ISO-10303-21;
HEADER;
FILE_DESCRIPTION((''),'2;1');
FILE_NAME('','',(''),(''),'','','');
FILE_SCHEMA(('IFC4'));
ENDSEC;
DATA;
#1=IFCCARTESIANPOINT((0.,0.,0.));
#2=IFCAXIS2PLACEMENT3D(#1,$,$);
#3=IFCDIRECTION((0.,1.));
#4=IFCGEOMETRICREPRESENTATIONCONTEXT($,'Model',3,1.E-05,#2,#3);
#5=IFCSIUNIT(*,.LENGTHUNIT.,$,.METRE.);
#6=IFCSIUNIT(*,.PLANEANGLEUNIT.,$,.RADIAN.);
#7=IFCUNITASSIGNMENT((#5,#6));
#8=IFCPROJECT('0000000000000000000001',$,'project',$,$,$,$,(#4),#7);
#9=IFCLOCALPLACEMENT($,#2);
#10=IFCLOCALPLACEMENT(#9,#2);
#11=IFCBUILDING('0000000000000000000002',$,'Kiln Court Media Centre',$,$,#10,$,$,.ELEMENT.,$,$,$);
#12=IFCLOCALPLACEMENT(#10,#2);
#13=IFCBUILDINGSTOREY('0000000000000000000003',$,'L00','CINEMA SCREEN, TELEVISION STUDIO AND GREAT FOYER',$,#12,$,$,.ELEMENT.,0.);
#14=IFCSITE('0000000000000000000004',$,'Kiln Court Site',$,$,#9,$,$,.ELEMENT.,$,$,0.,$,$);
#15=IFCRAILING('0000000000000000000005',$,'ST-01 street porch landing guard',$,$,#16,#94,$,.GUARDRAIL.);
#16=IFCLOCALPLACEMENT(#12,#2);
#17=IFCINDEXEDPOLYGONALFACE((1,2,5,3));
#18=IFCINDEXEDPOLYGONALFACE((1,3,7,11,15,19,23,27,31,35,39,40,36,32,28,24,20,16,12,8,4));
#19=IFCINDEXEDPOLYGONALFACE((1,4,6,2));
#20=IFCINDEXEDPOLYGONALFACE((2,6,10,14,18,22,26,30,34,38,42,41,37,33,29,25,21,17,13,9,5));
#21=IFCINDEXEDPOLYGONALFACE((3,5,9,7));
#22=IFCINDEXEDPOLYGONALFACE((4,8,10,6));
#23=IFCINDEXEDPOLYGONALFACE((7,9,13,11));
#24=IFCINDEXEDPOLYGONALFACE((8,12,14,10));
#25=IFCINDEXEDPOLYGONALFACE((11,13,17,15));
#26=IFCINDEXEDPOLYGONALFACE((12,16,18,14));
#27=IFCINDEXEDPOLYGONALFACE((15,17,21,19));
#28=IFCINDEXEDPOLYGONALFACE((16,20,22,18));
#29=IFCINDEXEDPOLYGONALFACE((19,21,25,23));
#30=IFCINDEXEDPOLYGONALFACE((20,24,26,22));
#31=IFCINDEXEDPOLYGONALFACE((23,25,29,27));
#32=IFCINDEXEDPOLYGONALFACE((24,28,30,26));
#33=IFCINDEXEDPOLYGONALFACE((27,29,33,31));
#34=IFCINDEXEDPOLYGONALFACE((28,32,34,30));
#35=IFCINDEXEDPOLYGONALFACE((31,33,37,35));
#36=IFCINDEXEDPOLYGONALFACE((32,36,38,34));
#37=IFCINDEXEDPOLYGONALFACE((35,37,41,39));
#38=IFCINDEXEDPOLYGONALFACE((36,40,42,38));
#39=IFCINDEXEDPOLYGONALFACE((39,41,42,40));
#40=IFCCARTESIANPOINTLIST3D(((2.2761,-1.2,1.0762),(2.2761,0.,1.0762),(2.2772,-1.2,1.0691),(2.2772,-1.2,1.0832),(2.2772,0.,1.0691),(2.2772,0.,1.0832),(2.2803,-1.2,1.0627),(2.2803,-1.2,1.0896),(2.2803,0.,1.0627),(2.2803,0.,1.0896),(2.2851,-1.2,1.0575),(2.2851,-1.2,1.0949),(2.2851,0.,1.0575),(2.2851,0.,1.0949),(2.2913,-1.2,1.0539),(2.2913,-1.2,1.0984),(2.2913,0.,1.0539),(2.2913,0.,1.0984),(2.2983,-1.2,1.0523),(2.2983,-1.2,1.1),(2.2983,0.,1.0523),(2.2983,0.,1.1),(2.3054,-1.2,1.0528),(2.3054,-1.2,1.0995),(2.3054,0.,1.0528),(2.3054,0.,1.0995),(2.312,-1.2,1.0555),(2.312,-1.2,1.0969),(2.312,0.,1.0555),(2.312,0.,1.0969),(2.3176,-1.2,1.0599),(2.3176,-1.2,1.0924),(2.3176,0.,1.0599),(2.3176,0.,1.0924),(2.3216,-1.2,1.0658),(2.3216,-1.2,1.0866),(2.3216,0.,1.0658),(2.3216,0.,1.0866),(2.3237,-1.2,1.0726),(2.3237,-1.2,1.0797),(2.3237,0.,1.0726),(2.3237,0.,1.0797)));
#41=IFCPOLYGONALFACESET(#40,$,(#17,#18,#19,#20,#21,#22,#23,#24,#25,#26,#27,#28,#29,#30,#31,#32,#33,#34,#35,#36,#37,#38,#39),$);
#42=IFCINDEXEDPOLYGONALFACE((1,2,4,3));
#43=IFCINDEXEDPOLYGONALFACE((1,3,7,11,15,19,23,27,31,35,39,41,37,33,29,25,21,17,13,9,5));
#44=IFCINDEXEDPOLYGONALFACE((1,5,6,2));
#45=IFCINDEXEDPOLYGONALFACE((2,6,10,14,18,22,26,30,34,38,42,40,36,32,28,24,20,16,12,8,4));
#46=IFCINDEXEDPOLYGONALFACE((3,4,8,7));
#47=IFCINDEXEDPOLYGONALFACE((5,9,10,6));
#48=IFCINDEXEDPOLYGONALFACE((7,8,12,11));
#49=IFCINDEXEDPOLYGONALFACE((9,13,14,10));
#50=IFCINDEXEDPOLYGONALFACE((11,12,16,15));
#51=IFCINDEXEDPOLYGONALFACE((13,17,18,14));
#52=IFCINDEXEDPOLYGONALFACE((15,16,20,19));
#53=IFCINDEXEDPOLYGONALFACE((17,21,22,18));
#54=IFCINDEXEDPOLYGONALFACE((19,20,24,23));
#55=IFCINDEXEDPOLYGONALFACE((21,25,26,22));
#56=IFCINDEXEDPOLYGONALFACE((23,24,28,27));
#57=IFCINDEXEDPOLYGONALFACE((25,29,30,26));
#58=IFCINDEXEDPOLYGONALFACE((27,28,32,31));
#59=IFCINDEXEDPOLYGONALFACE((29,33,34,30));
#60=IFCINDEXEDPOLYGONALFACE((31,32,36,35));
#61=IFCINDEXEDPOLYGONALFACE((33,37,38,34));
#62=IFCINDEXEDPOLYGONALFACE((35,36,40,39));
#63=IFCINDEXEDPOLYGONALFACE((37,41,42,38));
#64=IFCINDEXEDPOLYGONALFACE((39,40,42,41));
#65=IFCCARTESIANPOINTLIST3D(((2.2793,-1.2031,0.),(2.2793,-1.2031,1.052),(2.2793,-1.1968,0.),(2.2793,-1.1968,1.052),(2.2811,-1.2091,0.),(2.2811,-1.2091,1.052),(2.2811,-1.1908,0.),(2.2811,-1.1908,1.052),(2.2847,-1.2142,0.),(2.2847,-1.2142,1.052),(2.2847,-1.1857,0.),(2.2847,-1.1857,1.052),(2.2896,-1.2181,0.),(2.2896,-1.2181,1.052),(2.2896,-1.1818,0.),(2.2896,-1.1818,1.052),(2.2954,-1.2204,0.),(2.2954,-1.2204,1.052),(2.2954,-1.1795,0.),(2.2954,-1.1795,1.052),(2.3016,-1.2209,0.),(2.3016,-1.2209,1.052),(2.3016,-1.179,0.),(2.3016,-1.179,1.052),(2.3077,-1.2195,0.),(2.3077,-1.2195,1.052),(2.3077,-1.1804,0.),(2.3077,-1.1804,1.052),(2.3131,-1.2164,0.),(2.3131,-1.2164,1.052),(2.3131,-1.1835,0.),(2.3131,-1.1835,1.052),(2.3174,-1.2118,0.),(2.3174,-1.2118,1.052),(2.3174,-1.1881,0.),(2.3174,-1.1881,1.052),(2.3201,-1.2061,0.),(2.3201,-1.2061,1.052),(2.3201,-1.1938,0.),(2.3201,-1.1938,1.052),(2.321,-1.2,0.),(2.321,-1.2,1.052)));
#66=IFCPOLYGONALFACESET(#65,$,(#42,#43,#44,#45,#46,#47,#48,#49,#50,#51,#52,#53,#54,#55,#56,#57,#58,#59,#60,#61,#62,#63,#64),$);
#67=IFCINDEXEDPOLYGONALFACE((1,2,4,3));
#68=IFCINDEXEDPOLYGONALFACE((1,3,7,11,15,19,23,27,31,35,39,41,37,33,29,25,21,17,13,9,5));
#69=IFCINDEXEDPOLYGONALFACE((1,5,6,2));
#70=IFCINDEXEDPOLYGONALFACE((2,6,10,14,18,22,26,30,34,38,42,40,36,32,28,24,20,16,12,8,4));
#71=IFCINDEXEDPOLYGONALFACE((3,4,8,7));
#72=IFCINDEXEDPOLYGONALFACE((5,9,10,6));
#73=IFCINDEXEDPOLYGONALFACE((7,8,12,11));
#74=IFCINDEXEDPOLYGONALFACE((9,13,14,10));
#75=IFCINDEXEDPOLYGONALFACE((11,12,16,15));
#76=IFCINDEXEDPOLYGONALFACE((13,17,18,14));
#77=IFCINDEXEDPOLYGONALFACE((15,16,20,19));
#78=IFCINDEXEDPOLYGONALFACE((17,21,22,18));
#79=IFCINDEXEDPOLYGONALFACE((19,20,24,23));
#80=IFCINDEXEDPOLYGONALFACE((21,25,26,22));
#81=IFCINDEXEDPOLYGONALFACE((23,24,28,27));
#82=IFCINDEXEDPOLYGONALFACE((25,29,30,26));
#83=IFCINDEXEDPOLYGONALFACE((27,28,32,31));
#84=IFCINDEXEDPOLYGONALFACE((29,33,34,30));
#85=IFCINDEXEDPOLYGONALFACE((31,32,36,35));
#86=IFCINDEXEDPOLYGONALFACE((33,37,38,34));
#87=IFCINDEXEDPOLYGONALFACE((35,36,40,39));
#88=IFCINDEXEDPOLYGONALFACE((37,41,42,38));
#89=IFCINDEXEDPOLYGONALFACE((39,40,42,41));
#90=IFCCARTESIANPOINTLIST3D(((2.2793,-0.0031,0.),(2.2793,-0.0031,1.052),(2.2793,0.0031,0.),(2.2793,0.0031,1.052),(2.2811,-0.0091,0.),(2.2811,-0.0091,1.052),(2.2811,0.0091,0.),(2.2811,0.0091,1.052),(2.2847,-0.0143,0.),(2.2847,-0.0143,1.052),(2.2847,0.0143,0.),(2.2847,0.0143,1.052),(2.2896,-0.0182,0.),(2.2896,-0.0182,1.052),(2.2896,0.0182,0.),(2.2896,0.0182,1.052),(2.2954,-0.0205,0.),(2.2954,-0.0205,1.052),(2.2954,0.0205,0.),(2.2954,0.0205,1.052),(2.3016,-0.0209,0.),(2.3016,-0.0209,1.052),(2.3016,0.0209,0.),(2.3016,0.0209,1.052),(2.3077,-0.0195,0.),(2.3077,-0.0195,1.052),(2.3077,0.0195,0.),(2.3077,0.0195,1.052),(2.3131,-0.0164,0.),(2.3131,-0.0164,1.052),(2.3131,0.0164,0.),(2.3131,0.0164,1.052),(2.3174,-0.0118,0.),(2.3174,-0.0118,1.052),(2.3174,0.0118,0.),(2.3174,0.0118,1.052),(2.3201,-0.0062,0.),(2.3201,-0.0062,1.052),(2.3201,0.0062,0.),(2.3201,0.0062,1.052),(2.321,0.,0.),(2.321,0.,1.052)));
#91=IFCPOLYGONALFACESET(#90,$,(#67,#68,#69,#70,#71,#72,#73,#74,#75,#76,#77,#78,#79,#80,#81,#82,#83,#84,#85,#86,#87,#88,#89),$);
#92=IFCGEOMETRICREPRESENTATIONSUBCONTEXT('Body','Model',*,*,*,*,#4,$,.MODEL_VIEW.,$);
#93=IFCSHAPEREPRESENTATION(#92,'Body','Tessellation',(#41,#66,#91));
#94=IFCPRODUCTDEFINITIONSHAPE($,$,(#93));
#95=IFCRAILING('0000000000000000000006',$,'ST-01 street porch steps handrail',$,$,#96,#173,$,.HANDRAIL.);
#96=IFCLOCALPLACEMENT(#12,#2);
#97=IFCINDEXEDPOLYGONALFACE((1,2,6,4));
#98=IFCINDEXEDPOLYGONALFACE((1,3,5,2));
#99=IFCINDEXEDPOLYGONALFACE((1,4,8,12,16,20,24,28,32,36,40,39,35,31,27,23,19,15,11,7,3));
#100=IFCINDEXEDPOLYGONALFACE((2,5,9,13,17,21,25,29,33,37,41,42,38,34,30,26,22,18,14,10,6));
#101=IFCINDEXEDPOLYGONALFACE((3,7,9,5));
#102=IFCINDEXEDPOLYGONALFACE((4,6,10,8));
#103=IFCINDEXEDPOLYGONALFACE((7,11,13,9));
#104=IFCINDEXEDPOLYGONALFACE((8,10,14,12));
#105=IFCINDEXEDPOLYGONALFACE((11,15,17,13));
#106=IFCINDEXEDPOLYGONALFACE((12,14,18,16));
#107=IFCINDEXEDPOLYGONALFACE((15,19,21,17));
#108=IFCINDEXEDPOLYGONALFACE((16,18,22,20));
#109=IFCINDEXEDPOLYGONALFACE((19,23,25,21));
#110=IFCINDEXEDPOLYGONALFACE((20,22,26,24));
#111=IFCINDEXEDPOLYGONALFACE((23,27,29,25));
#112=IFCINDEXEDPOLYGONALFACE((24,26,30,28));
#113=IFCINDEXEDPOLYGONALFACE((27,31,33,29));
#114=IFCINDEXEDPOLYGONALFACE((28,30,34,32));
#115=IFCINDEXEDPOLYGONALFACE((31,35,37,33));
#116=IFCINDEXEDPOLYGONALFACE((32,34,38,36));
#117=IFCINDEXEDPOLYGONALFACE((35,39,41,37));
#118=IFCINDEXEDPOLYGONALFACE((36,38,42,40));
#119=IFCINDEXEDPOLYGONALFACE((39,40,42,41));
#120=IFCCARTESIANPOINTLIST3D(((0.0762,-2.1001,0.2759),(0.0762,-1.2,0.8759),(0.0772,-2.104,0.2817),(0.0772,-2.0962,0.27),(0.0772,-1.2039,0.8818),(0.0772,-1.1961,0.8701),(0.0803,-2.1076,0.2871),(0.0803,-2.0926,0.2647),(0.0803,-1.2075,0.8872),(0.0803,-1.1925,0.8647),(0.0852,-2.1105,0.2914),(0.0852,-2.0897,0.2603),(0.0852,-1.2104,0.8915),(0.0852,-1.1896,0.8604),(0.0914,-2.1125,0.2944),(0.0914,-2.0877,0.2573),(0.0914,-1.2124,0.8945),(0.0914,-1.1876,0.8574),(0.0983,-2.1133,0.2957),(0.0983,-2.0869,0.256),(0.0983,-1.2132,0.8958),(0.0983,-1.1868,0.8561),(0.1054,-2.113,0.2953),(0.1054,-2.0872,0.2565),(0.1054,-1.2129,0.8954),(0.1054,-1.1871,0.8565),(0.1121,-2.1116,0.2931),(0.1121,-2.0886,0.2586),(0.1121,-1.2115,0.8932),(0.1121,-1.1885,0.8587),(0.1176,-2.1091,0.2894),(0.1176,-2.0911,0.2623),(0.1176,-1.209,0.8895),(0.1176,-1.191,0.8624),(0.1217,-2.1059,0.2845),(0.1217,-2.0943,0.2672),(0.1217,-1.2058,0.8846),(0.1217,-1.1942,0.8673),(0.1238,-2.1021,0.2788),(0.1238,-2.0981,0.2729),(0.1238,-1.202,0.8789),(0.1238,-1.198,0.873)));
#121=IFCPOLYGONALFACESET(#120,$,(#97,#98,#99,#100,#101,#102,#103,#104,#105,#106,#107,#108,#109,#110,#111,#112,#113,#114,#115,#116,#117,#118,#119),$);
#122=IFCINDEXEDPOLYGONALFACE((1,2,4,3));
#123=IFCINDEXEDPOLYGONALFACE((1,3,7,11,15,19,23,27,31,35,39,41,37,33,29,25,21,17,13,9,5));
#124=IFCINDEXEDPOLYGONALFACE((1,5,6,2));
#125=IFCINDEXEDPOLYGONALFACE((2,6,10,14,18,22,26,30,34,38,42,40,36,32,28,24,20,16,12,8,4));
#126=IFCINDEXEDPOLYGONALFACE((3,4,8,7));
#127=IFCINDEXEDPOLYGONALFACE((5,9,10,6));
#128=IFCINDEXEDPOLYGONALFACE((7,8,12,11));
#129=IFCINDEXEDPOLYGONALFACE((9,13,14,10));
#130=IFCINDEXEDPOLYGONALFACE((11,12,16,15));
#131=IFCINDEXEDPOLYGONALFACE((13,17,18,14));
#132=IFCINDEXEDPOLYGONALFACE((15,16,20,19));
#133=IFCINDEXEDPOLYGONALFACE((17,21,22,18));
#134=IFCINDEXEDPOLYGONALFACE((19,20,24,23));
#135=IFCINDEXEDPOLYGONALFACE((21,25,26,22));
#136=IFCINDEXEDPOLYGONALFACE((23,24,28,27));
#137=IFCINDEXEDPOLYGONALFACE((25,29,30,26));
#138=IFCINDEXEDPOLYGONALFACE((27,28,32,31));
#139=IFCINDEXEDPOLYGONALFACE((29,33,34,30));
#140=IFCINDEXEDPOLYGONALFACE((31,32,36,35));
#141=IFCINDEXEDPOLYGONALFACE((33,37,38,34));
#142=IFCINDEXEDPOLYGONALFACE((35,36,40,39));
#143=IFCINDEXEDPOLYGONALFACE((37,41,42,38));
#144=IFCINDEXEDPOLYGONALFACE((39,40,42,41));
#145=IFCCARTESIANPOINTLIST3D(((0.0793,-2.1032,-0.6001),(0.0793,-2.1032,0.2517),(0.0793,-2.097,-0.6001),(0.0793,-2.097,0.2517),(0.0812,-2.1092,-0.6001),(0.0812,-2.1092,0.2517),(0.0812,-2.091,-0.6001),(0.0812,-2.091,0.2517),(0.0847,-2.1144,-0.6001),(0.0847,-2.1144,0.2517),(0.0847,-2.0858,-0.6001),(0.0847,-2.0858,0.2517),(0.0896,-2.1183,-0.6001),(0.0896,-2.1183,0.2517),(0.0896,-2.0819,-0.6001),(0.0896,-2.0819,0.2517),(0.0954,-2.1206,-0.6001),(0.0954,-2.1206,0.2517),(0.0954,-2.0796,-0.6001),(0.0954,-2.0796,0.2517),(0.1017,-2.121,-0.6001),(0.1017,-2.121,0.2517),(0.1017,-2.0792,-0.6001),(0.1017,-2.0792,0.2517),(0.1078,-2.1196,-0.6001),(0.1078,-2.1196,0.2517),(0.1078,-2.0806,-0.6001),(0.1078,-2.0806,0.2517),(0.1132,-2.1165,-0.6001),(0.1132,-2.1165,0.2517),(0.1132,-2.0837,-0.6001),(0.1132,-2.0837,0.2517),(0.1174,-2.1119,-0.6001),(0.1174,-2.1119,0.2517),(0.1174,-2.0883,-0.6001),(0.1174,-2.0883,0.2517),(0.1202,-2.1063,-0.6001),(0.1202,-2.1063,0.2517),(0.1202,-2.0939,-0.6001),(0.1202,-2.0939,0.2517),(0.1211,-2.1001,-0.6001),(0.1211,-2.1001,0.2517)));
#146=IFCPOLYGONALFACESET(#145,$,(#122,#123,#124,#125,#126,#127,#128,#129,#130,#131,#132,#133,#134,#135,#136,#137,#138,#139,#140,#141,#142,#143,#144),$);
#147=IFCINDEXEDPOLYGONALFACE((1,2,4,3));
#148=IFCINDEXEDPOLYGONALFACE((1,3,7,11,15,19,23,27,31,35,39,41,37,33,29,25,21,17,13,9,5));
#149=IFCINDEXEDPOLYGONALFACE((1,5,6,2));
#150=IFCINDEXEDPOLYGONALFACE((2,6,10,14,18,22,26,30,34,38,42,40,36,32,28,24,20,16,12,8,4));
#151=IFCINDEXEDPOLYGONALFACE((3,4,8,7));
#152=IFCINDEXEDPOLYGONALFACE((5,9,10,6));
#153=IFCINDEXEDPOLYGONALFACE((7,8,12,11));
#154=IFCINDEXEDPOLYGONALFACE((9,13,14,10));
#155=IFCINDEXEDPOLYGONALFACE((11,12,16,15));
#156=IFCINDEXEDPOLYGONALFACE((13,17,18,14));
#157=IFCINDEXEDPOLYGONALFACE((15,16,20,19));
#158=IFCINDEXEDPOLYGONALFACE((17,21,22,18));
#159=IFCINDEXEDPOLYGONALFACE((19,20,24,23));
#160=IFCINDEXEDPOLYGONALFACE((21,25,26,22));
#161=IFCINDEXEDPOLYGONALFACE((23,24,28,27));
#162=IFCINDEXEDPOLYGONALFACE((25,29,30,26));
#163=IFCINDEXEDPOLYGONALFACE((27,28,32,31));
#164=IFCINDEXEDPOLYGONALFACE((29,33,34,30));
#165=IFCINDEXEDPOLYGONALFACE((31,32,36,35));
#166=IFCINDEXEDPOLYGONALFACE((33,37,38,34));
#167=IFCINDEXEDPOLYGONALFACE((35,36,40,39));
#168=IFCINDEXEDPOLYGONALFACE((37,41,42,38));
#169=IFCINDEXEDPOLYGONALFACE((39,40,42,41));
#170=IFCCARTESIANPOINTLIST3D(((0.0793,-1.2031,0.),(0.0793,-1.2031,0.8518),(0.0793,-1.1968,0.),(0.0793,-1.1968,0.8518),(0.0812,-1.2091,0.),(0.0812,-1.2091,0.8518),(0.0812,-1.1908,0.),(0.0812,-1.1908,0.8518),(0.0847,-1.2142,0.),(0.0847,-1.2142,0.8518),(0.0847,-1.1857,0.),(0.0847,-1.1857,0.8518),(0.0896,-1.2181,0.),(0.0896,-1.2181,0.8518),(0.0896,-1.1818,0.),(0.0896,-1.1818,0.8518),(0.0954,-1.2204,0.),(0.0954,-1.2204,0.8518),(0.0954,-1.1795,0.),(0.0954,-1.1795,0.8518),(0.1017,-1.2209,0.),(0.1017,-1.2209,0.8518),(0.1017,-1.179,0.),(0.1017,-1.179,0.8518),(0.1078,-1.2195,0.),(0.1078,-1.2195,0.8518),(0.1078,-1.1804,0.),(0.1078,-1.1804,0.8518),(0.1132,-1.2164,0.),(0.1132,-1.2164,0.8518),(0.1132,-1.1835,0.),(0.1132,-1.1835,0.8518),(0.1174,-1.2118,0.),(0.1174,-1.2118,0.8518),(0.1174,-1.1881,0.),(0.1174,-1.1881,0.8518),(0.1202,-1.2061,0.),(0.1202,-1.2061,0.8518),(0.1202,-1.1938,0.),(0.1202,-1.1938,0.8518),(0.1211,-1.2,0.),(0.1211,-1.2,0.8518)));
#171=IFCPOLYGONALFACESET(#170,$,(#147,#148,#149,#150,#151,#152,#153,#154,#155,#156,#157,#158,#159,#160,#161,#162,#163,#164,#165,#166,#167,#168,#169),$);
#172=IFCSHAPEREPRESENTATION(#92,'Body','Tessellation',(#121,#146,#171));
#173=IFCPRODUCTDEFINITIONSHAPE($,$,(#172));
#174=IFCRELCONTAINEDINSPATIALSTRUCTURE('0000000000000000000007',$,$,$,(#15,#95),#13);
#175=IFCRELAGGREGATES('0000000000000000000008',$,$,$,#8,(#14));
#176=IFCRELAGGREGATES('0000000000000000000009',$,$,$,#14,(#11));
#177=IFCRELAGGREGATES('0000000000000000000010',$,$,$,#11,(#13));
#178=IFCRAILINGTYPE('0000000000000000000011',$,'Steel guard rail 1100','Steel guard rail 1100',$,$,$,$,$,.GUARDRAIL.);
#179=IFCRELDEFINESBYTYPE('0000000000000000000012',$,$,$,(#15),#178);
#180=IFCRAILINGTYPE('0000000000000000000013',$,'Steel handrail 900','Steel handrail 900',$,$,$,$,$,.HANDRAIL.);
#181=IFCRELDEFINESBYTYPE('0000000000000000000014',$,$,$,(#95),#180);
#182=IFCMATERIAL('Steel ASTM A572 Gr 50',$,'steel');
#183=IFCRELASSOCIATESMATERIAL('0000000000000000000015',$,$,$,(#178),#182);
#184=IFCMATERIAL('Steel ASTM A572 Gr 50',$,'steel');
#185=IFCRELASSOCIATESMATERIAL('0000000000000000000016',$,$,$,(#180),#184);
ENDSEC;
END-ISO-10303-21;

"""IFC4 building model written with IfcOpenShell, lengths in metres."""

from ifc_helpers import new_model, si_unit, direction, frame, origin, origin_2d, place, context, subcontext, project, spatial, circle, extrude, material, type_object, element, save


model = new_model("IFC4")

# Units and contexts
model_context = context("Model", 3, precision=1e-05, world=origin(), true_north=direction((0.0, 1.0)))
body_context = subcontext(model_context, "Body", "Model", "MODEL_VIEW")
ifc_project = project(units=[si_unit("LENGTHUNIT", "METRE"), si_unit("PLANEANGLEUNIT", "RADIAN")], contexts=[model_context])

# Site, building, storey
site_placement = place(None, origin())
site = spatial("IfcSite", under=ifc_project, at=site_placement, Name="Kiln Court Site", CompositionType="ELEMENT", RefElevation=0.0)
building_placement = place(site_placement, origin())
building = spatial("IfcBuilding", under=site, at=building_placement, Name="Kiln Court Media Centre", CompositionType="ELEMENT")
storey_placement = place(building_placement, origin())
storey = spatial("IfcBuildingStorey", under=building, at=storey_placement, Name="L00", Description="CINEMA SCREEN, TELEVISION STUDIO AND GREAT FOYER", CompositionType="ELEMENT", Elevation=0.0)

# Railings
ifc_material_1 = material(Name="Steel ASTM A572 Gr 50", Category="steel")
railing_type_1 = type_object("IfcRailingType", Name="Steel guard rail 1100", Description="Steel guard rail 1100", PredefinedType="GUARDRAIL", material=ifc_material_1)
for number, where, name in (
    (1, (2.3, -1.2, 0.0), "ST-01 street porch landing guard"),
):
    element("IfcRailing", number, at=place(storey_placement, frame(where)), inside=storey, type_object=railing_type_1, Name=name, PredefinedType="GUARDRAIL", context=body_context, shape_type="SweptSolid", body=[
        extrude(circle(Radius=0.0239, at=origin_2d()), frame((0.0, 0.0, 1.0762), z_axis=(0.0, 1.0, 0.0), x_axis=(-1.0, 0.0, 0.0)), (0.0, 0.0, 1.0), 1.2),
        extrude(circle(Radius=0.021, at=origin_2d()), origin(), (0.0, 0.0, 1.0), 1.052),
        extrude(circle(Radius=0.021, at=origin_2d()), frame((0.0, 1.2, 0.0)), (0.0, 0.0, 1.0), 1.052),
    ])
ifc_material_2 = material(Name="Steel ASTM A572 Gr 50", Category="steel")
railing_type_2 = type_object("IfcRailingType", Name="Steel handrail 900", Description="Steel handrail 900", PredefinedType="HANDRAIL", material=ifc_material_2)
for number, where, name in (
    (2, (0.1001, -2.1001, -0.6001), "ST-01 street porch steps handrail"),
):
    element("IfcRailing", number, at=place(storey_placement, frame(where)), inside=storey, type_object=railing_type_2, Name=name, PredefinedType="HANDRAIL", context=body_context, shape_type="SweptSolid", body=[
        extrude(circle(Radius=0.0239, at=origin_2d()), frame((0.0, 0.0, 0.876), z_axis=(0.0, 0.83205, 0.5547), x_axis=(-1.0, 0.0, 0.0)), (0.0, 0.0, 1.0), 1.0818),
        extrude(circle(Radius=0.021, at=origin_2d()), origin(), (0.0, 0.0, 1.0), 0.8518),
        extrude(circle(Radius=0.021, at=origin_2d()), frame((0.0, 0.9001, 0.6001)), (0.0, 0.0, 1.0), 0.8518),
    ])

save(model, "model.ifc")
